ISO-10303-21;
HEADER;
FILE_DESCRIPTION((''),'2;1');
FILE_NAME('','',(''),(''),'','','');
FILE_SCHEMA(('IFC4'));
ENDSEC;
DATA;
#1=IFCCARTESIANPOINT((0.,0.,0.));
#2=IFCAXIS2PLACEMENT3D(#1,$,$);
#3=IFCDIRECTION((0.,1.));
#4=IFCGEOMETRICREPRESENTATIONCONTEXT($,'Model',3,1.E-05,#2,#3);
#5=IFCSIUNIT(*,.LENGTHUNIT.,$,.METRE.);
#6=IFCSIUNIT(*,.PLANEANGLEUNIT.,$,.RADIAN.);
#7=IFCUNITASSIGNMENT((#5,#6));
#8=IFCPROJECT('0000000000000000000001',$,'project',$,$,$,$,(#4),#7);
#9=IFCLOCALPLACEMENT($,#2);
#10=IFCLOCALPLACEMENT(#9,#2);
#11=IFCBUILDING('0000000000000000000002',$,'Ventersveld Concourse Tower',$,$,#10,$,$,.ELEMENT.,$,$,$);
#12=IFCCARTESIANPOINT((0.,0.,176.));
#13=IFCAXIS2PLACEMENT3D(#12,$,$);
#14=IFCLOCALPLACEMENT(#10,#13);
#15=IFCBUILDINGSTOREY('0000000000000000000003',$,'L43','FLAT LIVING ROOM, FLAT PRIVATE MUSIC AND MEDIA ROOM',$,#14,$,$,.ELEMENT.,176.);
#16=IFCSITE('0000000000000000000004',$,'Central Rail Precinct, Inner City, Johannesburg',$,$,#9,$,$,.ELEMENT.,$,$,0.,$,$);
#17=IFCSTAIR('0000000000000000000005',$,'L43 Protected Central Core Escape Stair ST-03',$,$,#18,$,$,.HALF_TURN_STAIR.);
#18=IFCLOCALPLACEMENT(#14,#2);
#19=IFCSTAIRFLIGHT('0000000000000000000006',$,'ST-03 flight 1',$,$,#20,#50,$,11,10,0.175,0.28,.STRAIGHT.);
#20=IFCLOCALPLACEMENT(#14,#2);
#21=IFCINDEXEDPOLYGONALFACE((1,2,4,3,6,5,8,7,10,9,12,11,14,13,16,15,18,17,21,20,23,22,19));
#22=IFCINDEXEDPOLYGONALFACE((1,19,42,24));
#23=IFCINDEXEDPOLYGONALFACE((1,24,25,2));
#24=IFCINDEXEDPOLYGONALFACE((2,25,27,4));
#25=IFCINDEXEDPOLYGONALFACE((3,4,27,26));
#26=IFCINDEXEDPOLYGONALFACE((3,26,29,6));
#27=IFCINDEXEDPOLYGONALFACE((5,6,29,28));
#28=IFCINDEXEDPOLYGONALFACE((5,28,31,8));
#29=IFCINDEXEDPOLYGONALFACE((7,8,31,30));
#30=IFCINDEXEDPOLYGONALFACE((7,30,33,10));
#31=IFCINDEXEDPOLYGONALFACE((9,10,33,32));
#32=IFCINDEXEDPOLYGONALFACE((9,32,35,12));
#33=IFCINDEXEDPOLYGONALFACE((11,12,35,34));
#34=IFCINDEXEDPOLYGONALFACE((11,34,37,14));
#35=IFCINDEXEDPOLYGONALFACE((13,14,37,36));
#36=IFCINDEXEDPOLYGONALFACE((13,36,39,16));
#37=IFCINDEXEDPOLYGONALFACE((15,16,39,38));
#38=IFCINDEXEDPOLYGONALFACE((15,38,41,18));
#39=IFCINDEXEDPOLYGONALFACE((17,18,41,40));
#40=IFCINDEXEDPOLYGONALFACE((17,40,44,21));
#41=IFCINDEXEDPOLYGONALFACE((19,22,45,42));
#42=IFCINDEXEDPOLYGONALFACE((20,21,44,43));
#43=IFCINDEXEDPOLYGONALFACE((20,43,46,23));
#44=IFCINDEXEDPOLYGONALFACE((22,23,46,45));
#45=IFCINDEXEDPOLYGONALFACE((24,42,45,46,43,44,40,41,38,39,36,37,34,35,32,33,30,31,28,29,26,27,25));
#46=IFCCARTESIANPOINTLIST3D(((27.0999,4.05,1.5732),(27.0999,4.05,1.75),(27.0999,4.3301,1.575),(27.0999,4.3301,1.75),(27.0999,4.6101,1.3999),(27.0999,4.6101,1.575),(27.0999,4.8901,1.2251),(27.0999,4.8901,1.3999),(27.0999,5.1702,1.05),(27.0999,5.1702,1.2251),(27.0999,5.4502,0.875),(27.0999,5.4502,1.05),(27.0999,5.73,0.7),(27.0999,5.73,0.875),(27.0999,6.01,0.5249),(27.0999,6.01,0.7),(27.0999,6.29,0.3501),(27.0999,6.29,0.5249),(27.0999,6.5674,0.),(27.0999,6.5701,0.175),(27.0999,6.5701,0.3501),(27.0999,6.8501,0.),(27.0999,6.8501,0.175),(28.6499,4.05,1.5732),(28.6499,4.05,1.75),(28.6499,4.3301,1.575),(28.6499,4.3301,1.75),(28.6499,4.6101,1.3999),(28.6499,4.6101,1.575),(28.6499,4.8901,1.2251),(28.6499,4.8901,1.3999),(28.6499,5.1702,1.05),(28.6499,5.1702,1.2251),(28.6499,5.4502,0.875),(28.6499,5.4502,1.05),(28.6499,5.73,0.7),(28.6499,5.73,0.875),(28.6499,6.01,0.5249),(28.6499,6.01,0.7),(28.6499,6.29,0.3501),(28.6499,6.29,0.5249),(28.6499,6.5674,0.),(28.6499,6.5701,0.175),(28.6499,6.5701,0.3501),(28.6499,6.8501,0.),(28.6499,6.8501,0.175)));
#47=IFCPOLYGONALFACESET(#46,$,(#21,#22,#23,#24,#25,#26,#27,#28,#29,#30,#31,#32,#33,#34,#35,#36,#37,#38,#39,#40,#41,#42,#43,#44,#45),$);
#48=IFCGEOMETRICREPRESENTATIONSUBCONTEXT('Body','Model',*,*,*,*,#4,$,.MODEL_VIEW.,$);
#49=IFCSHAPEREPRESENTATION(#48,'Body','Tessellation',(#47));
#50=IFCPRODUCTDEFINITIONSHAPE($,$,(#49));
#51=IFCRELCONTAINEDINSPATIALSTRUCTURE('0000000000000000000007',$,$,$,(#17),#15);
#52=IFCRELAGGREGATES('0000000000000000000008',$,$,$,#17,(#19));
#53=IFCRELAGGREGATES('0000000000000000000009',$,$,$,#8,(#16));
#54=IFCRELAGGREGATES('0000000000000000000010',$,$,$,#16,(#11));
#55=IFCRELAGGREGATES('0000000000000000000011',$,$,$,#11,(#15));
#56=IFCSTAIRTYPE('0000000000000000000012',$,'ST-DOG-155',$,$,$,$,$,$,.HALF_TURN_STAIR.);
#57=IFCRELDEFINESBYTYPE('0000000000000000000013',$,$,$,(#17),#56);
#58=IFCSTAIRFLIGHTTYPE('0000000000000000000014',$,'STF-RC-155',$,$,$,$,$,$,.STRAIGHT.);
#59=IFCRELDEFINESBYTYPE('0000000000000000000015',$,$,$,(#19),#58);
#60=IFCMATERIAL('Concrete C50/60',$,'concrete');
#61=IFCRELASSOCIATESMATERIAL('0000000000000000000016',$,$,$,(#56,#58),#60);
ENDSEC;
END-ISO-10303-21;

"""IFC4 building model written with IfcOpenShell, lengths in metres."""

from ifc_helpers import new_model, si_unit, direction, frame, origin, place, context, subcontext, project, spatial, polyline, outline, extrude, material, type_object, element, aggregate, save


model = new_model("IFC4")

# Units and contexts
model_context = context("Model", 3, precision=1e-05, world=origin(), true_north=direction((0.0, 1.0)))
body_context = subcontext(model_context, "Body", "Model", "MODEL_VIEW")
ifc_project = project(units=[si_unit("LENGTHUNIT", "METRE"), si_unit("PLANEANGLEUNIT", "RADIAN")], contexts=[model_context])

# Site, building, storey
site_placement = place(None, origin())
site = spatial("IfcSite", under=ifc_project, at=site_placement, Name="Central Rail Precinct, Inner City, Johannesburg", CompositionType="ELEMENT", RefElevation=0.0)
building_placement = place(site_placement, origin())
building = spatial("IfcBuilding", under=site, at=building_placement, Name="Ventersveld Concourse Tower", CompositionType="ELEMENT")
storey_placement = place(building_placement, frame((0.0, 0.0, 176.0)))
storey = spatial("IfcBuildingStorey", under=building, at=storey_placement, Name="L43", Description="FLAT LIVING ROOM, FLAT PRIVATE MUSIC AND MEDIA ROOM", CompositionType="ELEMENT", Elevation=176.0)

# Shared definitions
ifc_material_1 = material(Name="Concrete C50/60", Category="concrete")

# Stair, stair flight
stair_type = type_object("IfcStairType", Name="ST-DOG-155", PredefinedType="HALF_TURN_STAIR", material=ifc_material_1)
stair_placement = place(storey_placement, origin())
stair = element("IfcStair", 1, at=stair_placement, inside=storey, type_object=stair_type, Name="L43 Protected Central Core Escape Stair ST-03", PredefinedType="HALF_TURN_STAIR")
stair_flight_type = type_object("IfcStairFlightType", Name="STF-RC-155", PredefinedType="STRAIGHT", material=ifc_material_1)
stair_flight_placement = place(storey_placement, frame((27.875, 6.8501, 0.0), z_axis=(0.0, 0.0, 1.0), x_axis=(0.0, -1.0, 0.0)))
stair_flight = element("IfcStairFlight", 2, at=stair_flight_placement, type_object=stair_flight_type, Name="ST-03 flight 1", NumberOfRisers=11, NumberOfTreads=10, PredefinedType="STRAIGHT", RiserHeight=0.175, TreadLength=0.28, context=body_context, shape_type="SweptSolid", body=[
    extrude(outline(polyline([(0.0, 0.0), (0.0, 0.175), (0.28, 0.175), (0.28, 0.3501), (0.5601, 0.3501), (0.5601, 0.5249), (0.8401, 0.5249), (0.8401, 0.7), (1.1201, 0.7), (1.1201, 0.875), (1.3999, 0.875), (1.3999, 1.05), (1.6799, 1.05), (1.6799, 1.2251), (1.96, 1.2251), (1.96, 1.3999), (2.24, 1.3999), (2.24, 1.575), (2.52, 1.575), (2.52, 1.75), (2.8, 1.75), (2.8, 1.925), (2.8, 1.5732), (0.2827, 0.0), (0.0, 0.0)])), frame((0.0, 0.7749, 0.0), z_axis=(0.0, -1.0, 0.0), x_axis=(1.0, 0.0, 0.0)), (0.0, 0.0, 1.0), 1.55),
])
aggregate(stair, [stair_flight])

save(model, "model.ifc")
